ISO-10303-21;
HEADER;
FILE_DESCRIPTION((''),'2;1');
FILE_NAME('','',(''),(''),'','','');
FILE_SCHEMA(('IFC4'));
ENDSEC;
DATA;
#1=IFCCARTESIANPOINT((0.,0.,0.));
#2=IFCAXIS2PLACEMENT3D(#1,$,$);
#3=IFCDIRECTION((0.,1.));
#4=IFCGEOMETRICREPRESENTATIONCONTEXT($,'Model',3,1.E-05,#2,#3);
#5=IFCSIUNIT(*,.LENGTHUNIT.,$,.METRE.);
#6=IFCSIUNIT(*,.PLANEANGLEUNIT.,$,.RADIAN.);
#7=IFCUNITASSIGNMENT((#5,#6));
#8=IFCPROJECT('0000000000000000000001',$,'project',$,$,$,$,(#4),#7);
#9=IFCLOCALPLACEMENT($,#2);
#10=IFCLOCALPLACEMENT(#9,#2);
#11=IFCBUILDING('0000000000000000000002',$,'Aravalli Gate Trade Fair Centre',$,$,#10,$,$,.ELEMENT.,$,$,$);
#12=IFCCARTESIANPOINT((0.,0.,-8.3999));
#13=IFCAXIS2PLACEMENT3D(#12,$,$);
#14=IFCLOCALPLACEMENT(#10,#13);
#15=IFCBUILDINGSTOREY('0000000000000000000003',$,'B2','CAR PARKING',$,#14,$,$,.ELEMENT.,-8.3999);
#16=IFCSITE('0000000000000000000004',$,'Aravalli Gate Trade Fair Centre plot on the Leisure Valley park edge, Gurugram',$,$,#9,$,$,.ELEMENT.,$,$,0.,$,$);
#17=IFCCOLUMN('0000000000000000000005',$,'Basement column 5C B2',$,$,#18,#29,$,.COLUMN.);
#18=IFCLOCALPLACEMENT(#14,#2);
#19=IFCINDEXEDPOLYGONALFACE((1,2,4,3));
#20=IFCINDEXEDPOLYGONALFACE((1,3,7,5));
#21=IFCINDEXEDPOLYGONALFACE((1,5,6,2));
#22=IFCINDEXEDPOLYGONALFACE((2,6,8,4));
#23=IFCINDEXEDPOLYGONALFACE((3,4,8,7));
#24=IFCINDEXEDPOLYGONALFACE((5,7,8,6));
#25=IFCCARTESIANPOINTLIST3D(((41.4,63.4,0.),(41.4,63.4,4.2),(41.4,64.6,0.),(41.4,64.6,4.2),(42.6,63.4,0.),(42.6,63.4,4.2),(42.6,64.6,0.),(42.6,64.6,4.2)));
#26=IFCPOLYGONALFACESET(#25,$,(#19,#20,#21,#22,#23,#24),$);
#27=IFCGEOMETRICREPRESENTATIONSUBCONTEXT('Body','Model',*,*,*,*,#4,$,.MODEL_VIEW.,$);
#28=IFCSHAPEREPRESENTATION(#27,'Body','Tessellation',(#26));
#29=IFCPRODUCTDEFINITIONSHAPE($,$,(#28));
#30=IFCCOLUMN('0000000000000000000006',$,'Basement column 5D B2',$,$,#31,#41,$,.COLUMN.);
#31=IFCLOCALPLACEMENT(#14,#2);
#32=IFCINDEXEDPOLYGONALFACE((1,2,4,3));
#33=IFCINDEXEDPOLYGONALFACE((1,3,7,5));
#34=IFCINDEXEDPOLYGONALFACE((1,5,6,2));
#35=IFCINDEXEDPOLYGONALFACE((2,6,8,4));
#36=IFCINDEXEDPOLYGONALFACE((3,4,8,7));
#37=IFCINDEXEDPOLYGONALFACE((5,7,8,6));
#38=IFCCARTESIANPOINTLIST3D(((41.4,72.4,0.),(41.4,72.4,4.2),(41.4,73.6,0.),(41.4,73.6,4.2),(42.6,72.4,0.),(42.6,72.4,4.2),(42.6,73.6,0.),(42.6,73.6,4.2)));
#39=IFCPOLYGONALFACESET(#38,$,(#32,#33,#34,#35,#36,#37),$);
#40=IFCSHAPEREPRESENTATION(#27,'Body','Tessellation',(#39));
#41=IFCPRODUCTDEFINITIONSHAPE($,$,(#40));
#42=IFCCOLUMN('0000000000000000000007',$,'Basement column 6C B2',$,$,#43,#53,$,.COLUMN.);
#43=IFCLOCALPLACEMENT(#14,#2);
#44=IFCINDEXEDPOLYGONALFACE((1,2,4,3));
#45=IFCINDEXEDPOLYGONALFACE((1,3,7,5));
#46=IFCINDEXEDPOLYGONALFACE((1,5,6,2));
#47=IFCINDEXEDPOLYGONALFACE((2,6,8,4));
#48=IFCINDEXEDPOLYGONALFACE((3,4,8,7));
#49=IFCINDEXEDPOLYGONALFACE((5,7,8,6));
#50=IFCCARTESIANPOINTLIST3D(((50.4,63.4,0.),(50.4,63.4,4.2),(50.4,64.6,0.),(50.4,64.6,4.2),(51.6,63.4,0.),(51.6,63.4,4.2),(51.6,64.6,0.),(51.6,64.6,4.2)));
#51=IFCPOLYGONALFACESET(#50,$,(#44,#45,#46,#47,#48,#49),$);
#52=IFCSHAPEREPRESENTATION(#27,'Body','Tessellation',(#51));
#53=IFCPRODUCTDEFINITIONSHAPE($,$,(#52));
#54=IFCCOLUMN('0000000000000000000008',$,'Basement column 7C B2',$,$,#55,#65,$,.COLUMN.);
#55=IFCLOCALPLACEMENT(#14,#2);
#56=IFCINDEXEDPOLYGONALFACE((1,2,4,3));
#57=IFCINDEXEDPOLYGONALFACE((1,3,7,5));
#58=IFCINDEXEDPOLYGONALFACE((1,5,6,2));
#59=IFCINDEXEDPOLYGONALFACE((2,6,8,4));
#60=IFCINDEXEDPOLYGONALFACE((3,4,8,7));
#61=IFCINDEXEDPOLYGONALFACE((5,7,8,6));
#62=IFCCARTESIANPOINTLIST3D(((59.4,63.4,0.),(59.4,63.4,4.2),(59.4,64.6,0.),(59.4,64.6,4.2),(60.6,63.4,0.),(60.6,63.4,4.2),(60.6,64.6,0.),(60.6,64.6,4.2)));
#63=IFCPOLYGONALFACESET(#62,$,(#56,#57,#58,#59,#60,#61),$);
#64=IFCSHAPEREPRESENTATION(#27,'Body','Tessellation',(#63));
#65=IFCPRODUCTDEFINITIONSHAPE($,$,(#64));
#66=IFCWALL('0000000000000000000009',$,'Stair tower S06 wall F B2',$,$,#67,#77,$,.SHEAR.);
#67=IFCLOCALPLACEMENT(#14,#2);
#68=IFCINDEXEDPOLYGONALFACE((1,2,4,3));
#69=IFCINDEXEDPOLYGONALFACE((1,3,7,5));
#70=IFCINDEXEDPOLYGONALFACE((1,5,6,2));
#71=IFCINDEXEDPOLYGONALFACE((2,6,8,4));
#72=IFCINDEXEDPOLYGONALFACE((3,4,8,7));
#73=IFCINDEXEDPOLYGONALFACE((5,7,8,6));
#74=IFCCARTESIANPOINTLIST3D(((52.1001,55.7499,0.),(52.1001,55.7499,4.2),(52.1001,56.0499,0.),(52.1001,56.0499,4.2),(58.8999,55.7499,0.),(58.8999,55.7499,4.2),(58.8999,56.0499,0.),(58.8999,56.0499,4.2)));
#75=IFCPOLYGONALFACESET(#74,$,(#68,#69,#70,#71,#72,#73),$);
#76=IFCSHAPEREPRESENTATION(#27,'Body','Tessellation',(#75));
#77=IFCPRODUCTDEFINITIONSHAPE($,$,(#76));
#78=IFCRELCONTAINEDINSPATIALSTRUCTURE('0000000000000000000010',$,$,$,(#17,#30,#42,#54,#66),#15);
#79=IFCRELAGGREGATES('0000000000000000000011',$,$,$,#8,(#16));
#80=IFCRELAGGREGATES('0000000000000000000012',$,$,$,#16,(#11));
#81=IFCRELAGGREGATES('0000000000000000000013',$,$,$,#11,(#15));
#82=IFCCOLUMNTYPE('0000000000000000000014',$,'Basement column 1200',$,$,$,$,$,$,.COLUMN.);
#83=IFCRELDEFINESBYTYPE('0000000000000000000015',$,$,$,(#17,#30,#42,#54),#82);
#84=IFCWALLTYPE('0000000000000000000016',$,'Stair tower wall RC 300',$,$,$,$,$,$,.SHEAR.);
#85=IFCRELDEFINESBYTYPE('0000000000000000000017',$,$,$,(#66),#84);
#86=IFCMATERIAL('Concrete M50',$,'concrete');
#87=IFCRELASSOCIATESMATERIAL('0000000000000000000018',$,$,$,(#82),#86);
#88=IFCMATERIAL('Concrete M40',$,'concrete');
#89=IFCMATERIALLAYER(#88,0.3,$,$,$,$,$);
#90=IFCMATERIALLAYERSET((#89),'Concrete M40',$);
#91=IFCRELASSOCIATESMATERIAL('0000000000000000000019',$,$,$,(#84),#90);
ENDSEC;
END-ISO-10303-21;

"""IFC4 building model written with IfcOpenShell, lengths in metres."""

from ifc_helpers import new_model, si_unit, direction, frame, frame_2d, origin, origin_2d, place, context, subcontext, project, spatial, rectangle, extrude, material, layer, layer_set, material_profile, profile_set, type_object, element, save


model = new_model("IFC4")

# Units and contexts
model_context = context("Model", 3, precision=1e-05, world=origin(), true_north=direction((0.0, 1.0)))
body_context = subcontext(model_context, "Body", "Model", "MODEL_VIEW")
ifc_project = project(units=[si_unit("LENGTHUNIT", "METRE"), si_unit("PLANEANGLEUNIT", "RADIAN")], contexts=[model_context])

# Site, building, storey
site_placement = place(None, origin())
site = spatial("IfcSite", under=ifc_project, at=site_placement, Name="Aravalli Gate Trade Fair Centre plot on the Leisure Valley park edge, Gurugram", CompositionType="ELEMENT", RefElevation=0.0)
building_placement = place(site_placement, origin())
building = spatial("IfcBuilding", under=site, at=building_placement, Name="Aravalli Gate Trade Fair Centre", CompositionType="ELEMENT")
storey_placement = place(building_placement, frame((0.0, 0.0, -8.3999)))
storey = spatial("IfcBuildingStorey", under=building, at=storey_placement, Name="B2", Description="CAR PARKING", CompositionType="ELEMENT", Elevation=-8.3999)

# Columns
ifc_material_1 = material(Name="Concrete M50", Category="concrete")
ifc_material_profile_1 = material_profile(ifc_material_1, rectangle(XDim=1.2, YDim=1.2, at=origin_2d()), Name="RC 1200 x 1200")
ifc_profile_set_1 = profile_set([ifc_material_profile_1], Name="Concrete M50")
column_type = type_object("IfcColumnType", Name="Basement column 1200", PredefinedType="COLUMN", material=ifc_profile_set_1)
for number, where, z_axis, x_axis, name in (
    (1, (42.0, 64.0, 0.0), (0.0, 0.0, 1.0), (1.0, 0.0, 0.0), "Basement column 5C B2"),
    (2, (42.0, 73.0, 0.0), (0.0, 0.0, 1.0), (1.0, 0.0, 0.0), "Basement column 5D B2"),
    (3, (51.0, 64.0, 0.0), (0.0, 0.0, 1.0), (1.0, 0.0, 0.0), "Basement column 6C B2"),
    (4, (60.0, 64.0, 0.0), (0.0, 0.0, 1.0), (1.0, 0.0, 0.0), "Basement column 7C B2"),
):
    element("IfcColumn", number, at=place(storey_placement, frame(where, z_axis=z_axis, x_axis=x_axis)), inside=storey, type_object=column_type, Name=name, PredefinedType="COLUMN", context=body_context, shape_type="SweptSolid", body=[
        extrude(rectangle(XDim=1.2, YDim=1.2, at=origin_2d()), origin(), (0.0, 0.0, 1.0), 4.2),
    ])

# Wall
ifc_material_2 = material(Name="Concrete M40", Category="concrete")
ifc_layer = layer(ifc_material_2, 0.3)
ifc_layer_set = layer_set([ifc_layer], Name="Concrete M40")
wall_type = type_object("IfcWallType", Name="Stair tower wall RC 300", PredefinedType="SHEAR", material=ifc_layer_set)
wall_placement = place(storey_placement, frame((52.1001, 55.8999, 0.0), z_axis=(0.0, 0.0, 1.0), x_axis=(1.0, 0.0, 0.0)))
element("IfcWall", 5, at=wall_placement, inside=storey, type_object=wall_type, Name="Stair tower S06 wall F B2", PredefinedType="SHEAR", context=body_context, shape_type="SweptSolid", body=[
    extrude(rectangle(XDim=6.7998, YDim=0.3, at=frame_2d((3.3999, 0.0))), origin(), (0.0, 0.0, 1.0), 4.2),
])

save(model, "model.ifc")
